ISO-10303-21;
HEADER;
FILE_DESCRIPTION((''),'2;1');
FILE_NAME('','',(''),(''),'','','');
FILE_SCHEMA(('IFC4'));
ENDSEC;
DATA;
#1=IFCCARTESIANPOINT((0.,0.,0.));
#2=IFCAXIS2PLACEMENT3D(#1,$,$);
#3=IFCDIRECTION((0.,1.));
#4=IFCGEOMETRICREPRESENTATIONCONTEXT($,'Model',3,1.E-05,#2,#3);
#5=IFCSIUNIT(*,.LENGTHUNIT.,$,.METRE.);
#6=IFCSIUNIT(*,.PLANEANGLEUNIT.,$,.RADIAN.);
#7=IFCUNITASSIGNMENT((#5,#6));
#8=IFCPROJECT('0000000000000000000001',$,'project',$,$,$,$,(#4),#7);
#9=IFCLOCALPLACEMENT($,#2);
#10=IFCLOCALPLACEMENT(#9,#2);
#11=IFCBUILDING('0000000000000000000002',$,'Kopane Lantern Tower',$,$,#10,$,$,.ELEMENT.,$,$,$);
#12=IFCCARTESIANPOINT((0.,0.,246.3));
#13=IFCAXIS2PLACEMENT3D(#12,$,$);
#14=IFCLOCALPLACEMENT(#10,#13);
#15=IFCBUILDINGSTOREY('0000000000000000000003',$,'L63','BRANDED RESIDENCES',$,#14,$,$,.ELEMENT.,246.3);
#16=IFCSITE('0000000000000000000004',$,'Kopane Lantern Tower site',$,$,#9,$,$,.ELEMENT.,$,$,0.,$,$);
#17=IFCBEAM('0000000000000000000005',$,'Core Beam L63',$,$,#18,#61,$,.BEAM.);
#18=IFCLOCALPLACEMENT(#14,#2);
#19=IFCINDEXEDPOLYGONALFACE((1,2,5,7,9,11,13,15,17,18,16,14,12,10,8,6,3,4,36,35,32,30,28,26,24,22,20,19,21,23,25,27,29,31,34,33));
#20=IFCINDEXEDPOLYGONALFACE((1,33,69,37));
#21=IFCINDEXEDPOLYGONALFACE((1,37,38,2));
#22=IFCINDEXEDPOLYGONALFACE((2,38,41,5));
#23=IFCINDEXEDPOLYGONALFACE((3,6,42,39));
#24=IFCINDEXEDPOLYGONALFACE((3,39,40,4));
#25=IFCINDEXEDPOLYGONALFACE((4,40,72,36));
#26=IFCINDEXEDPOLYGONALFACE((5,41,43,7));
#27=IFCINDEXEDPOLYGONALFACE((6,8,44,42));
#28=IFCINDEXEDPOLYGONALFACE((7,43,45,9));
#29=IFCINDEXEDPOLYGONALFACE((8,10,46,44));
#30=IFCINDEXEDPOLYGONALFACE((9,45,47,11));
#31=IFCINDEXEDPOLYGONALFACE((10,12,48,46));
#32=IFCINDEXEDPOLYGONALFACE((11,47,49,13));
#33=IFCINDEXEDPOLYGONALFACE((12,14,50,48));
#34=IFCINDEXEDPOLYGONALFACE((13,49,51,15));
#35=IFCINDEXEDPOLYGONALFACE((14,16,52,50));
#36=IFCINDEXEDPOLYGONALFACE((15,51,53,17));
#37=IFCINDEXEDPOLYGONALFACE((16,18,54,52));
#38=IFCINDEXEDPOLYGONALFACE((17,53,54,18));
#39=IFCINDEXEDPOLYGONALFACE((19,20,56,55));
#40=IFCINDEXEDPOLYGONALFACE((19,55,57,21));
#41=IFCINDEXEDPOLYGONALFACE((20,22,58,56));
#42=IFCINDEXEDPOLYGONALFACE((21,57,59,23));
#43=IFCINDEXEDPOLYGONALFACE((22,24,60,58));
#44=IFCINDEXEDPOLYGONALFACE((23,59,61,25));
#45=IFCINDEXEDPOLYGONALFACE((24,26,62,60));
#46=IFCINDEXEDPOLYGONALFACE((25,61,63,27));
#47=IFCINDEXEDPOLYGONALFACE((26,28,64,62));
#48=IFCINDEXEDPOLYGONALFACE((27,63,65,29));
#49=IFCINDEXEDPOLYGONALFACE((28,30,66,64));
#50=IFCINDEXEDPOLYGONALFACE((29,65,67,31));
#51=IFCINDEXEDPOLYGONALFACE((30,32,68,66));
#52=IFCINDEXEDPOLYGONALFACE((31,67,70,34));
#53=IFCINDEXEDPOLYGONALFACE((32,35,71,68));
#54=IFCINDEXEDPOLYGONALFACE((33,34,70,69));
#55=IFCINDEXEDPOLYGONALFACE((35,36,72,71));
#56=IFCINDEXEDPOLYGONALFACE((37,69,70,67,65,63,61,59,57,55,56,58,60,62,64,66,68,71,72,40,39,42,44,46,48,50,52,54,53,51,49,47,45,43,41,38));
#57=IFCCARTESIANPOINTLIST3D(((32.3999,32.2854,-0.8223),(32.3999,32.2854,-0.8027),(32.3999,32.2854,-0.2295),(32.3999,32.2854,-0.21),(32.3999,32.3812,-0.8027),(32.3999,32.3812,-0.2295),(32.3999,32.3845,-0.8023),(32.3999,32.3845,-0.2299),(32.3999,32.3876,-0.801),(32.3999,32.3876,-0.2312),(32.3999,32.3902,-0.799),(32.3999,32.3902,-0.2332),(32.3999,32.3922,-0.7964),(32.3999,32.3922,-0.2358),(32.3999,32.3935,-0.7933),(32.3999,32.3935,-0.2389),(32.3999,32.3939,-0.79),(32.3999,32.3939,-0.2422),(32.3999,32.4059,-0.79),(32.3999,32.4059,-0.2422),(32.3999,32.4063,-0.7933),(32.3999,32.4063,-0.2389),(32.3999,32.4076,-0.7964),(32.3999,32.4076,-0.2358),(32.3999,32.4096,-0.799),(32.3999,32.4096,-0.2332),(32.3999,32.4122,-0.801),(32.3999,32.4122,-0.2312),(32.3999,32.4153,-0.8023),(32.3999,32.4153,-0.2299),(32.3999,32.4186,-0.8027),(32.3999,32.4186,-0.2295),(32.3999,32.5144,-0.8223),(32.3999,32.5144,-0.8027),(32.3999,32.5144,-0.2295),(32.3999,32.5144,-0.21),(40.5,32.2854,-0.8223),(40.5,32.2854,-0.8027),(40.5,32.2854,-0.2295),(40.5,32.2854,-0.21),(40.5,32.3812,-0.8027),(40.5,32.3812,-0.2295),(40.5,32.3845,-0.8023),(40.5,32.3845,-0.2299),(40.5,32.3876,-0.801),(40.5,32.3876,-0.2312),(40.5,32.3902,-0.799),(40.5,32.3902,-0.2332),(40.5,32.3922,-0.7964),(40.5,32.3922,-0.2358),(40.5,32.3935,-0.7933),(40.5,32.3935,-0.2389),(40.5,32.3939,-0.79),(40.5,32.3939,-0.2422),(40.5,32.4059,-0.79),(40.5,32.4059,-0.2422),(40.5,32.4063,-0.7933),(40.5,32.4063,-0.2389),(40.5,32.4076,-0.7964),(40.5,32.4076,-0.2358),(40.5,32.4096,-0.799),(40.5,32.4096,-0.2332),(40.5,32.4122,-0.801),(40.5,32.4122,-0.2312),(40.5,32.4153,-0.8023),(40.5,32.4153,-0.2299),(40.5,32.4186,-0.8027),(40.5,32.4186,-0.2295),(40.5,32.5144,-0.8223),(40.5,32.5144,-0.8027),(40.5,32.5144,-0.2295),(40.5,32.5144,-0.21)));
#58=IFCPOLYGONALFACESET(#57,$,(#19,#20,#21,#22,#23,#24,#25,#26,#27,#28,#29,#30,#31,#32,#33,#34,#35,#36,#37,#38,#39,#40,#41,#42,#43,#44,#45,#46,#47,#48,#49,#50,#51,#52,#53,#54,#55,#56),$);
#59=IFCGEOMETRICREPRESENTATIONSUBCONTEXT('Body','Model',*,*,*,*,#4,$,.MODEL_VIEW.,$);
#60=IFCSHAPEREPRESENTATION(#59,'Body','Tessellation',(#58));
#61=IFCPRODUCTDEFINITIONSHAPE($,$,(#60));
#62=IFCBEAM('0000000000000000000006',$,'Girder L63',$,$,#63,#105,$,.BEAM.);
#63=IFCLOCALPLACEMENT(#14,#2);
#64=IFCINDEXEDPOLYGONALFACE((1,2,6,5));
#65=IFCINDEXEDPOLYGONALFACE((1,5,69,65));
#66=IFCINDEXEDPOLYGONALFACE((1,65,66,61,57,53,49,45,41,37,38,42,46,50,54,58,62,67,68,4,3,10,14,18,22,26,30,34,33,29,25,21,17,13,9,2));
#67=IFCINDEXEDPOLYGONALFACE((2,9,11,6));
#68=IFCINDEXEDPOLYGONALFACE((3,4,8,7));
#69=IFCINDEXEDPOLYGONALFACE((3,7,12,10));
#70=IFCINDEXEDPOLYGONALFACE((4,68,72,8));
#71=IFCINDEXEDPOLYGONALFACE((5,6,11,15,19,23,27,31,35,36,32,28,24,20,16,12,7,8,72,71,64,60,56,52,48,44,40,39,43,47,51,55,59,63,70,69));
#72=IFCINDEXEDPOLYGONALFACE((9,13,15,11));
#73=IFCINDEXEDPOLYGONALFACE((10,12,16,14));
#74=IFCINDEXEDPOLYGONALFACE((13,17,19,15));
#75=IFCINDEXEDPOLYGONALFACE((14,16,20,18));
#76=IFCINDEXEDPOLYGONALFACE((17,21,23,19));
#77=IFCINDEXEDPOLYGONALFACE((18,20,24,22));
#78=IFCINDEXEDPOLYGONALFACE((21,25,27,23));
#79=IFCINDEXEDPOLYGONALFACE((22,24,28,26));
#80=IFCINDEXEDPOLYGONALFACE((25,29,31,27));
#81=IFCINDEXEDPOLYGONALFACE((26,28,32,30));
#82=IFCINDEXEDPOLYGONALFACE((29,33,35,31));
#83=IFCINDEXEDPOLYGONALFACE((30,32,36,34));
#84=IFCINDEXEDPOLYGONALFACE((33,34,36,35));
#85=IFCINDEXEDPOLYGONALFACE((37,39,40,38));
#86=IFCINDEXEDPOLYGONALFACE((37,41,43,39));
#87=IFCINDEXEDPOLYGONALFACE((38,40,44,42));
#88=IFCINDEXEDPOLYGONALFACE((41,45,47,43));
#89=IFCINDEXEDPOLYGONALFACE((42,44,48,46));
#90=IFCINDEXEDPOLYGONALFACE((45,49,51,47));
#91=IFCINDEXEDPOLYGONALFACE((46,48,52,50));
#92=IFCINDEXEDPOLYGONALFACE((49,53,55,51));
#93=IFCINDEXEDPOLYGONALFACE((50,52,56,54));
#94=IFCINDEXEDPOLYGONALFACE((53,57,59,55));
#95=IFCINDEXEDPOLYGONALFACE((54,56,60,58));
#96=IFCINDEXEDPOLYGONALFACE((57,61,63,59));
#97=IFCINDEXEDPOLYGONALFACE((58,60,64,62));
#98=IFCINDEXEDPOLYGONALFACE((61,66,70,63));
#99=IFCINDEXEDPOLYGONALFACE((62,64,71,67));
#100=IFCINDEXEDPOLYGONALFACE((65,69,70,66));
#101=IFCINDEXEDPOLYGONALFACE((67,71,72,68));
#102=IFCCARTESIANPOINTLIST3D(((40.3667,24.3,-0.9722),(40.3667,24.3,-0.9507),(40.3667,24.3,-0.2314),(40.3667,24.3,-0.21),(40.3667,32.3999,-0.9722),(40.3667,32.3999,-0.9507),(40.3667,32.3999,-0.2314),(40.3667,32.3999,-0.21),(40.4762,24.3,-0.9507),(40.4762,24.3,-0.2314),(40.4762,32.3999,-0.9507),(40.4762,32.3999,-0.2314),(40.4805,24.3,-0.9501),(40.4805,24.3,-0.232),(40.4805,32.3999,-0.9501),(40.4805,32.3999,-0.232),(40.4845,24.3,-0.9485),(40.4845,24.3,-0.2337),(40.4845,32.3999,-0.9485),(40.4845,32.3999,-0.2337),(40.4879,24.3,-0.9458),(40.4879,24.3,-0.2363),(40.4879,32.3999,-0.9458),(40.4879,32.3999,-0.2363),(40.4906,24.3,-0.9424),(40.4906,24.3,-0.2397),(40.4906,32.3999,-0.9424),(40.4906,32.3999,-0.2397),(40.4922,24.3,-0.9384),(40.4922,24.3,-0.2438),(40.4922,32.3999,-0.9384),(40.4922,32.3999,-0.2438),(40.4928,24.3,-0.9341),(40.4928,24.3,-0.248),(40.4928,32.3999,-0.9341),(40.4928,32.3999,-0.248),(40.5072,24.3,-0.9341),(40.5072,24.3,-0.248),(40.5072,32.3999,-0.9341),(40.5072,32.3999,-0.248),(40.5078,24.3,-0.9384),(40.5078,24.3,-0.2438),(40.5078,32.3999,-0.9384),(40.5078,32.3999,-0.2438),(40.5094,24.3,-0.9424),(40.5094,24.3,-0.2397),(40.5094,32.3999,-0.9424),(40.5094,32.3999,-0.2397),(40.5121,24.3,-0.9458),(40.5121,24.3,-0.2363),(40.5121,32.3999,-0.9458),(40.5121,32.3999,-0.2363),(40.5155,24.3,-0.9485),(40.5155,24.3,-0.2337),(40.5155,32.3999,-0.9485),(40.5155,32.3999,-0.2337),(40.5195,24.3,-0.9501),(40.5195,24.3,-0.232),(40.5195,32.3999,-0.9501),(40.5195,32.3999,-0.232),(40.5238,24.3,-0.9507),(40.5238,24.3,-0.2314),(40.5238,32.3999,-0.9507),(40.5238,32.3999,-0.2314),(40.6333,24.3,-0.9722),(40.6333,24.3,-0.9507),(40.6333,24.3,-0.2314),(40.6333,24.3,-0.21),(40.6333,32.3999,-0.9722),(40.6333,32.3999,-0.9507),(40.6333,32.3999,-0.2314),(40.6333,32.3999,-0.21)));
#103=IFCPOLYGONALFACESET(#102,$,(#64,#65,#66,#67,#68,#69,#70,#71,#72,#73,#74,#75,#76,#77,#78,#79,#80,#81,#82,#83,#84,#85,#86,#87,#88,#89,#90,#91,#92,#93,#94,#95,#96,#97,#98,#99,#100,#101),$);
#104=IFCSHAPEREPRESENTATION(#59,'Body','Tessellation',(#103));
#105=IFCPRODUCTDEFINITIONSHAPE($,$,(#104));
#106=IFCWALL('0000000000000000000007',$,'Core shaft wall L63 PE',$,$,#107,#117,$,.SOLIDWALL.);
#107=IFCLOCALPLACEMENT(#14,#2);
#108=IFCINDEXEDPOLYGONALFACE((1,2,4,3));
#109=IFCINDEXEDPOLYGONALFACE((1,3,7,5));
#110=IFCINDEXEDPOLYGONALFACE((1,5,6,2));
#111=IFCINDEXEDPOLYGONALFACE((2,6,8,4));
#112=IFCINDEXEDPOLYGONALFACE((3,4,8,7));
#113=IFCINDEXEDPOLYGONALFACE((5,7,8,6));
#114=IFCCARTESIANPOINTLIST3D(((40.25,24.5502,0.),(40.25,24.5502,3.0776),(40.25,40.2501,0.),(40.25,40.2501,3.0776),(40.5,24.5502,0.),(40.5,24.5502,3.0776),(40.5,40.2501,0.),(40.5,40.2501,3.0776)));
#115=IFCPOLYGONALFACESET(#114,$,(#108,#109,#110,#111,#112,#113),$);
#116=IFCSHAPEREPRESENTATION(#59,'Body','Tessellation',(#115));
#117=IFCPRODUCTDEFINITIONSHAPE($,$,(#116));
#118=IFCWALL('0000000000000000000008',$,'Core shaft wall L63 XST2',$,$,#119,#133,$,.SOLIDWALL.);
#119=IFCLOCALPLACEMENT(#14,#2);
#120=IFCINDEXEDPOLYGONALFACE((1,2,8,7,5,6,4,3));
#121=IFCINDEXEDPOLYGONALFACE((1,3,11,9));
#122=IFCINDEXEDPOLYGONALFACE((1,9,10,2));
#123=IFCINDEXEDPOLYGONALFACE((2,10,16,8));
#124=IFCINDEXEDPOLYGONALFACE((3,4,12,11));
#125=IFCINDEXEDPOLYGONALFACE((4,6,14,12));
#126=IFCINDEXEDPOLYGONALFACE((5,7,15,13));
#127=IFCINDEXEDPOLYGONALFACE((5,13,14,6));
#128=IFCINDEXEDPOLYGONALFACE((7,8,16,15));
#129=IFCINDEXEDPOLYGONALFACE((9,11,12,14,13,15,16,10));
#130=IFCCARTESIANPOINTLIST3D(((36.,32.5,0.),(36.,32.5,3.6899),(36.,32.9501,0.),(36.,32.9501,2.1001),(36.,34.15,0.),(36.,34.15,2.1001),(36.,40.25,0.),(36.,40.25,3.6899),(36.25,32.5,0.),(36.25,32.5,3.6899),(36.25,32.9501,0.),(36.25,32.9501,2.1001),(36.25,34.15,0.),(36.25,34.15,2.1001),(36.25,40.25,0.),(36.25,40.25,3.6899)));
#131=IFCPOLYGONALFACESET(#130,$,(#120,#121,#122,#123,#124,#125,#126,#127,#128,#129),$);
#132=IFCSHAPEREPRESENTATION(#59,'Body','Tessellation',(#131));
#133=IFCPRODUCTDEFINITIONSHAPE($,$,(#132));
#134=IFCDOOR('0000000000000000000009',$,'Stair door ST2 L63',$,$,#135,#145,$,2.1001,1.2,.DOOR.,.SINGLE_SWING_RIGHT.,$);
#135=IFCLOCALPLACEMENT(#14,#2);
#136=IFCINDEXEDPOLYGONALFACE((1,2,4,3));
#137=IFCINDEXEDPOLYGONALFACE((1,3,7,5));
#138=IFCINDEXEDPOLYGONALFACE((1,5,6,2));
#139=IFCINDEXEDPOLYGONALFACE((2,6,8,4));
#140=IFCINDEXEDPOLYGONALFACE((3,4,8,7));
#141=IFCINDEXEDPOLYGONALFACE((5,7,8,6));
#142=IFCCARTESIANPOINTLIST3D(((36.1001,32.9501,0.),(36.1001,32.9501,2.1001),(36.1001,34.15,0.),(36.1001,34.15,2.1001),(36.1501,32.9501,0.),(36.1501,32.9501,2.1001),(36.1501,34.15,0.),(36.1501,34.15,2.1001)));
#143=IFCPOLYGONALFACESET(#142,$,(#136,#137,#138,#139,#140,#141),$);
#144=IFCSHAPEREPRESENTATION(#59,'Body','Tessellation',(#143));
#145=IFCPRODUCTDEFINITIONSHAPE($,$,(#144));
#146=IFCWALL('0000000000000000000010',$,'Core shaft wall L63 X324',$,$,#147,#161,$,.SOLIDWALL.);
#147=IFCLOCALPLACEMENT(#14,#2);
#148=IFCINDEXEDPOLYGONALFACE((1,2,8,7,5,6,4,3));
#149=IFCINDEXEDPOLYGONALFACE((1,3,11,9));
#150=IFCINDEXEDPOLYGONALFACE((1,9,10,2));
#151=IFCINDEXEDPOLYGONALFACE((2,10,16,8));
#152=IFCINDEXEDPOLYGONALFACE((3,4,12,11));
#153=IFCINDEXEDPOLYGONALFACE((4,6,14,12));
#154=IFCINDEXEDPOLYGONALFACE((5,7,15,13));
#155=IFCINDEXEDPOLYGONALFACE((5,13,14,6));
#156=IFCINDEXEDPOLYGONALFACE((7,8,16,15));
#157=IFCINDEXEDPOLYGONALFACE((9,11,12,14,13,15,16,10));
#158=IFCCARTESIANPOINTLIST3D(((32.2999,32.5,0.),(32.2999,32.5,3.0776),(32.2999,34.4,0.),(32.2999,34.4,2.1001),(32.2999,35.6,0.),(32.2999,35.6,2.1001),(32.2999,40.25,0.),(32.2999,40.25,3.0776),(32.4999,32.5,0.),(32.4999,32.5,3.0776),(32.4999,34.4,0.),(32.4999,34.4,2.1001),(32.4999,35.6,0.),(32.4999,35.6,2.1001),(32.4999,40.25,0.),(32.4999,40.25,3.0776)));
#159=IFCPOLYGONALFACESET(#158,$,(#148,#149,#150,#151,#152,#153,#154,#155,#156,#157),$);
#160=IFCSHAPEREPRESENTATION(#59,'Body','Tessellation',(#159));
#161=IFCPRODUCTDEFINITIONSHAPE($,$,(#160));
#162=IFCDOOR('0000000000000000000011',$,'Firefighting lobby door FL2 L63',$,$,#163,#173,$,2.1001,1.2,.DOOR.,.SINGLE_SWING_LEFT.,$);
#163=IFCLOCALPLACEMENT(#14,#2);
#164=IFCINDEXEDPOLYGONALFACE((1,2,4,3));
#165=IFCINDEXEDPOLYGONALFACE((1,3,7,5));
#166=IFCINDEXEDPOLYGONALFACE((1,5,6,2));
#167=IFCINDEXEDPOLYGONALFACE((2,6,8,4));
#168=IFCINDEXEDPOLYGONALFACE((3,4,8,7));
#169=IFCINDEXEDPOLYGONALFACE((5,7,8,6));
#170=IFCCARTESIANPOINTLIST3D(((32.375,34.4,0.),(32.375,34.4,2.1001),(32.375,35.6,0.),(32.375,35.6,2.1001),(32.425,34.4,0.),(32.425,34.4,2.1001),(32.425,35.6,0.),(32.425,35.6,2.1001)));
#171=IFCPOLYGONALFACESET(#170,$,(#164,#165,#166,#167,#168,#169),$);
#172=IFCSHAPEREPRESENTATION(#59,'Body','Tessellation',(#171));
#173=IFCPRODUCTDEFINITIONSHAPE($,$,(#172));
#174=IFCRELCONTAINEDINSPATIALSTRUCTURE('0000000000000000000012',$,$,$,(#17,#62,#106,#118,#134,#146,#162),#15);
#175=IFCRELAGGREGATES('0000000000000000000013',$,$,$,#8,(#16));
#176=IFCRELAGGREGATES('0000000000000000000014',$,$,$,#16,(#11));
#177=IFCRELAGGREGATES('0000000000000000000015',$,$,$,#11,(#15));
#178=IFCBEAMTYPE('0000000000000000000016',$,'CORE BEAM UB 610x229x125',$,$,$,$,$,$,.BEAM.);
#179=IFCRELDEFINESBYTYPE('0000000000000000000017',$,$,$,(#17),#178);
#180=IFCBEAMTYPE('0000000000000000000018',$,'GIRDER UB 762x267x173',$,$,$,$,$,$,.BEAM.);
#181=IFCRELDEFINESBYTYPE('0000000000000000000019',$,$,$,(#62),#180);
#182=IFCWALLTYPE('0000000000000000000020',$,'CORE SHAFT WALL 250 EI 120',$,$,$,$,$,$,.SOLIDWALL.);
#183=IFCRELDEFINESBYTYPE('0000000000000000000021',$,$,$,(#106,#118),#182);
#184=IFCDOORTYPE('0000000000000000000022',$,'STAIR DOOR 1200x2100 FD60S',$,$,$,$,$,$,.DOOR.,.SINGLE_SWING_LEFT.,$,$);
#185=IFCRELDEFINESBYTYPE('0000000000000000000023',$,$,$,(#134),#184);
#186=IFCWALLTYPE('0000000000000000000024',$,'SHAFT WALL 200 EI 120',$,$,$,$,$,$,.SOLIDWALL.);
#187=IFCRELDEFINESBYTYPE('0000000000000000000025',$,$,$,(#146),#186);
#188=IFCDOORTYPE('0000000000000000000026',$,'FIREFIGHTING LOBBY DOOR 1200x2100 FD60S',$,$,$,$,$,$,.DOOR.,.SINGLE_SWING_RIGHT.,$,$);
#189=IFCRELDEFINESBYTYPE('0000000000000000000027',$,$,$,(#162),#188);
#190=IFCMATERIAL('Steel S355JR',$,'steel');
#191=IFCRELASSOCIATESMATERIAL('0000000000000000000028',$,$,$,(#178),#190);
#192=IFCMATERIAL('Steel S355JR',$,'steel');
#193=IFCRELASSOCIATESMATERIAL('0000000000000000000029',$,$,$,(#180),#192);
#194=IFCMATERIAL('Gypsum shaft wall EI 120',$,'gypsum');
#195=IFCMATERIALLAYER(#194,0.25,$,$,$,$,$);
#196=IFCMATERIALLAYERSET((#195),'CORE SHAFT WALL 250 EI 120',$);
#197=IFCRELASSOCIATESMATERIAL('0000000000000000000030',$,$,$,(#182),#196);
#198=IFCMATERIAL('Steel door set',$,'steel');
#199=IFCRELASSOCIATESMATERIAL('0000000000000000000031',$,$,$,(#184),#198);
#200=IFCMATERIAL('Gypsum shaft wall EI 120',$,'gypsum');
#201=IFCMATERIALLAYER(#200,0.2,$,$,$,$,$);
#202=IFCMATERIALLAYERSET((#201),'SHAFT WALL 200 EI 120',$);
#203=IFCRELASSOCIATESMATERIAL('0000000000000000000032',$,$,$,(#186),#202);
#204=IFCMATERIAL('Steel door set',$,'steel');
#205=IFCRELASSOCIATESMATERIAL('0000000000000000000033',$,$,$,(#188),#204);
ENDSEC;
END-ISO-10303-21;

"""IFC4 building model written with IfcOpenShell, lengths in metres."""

from ifc_helpers import new_model, si_unit, direction, frame, frame_2d, origin, origin_2d, place, context, subcontext, project, spatial, rectangle, i_section, extrude, material, layer, layer_set, material_profile, profile_set, type_object, element, fill, save


model = new_model("IFC4")

# Units and contexts
model_context = context("Model", 3, precision=1e-05, world=origin(), true_north=direction((0.0, 1.0)))
body_context = subcontext(model_context, "Body", "Model", "MODEL_VIEW")
ifc_project = project(units=[si_unit("LENGTHUNIT", "METRE"), si_unit("PLANEANGLEUNIT", "RADIAN")], contexts=[model_context])

# Site, building, storey
site_placement = place(None, origin())
site = spatial("IfcSite", under=ifc_project, at=site_placement, Name="Kopane Lantern Tower site", CompositionType="ELEMENT", RefElevation=0.0)
building_placement = place(site_placement, origin())
building = spatial("IfcBuilding", under=site, at=building_placement, Name="Kopane Lantern Tower", CompositionType="ELEMENT")
storey_placement = place(building_placement, frame((0.0, 0.0, 246.3)))
storey = spatial("IfcBuildingStorey", under=building, at=storey_placement, Name="L63", Description="BRANDED RESIDENCES", CompositionType="ELEMENT", Elevation=246.3)

# Beams
ifc_material_1 = material(Name="Steel S355JR", Category="steel")
ifc_material_profile_1 = material_profile(ifc_material_1, i_section(OverallWidth=0.229, OverallDepth=0.6123, WebThickness=0.012, FlangeThickness=0.0195, FilletRadius=0.0127, at=origin_2d()), Name="UB 610x229x125")
ifc_profile_set_1 = profile_set([ifc_material_profile_1], Name="Steel S355JR")
beam_type_1 = type_object("IfcBeamType", Name="CORE BEAM UB 610x229x125", PredefinedType="BEAM", material=ifc_profile_set_1)
beam_1_placement = place(storey_placement, frame((32.3999, 32.3999, -0.5161), z_axis=(1.0, 0.0, 0.0), x_axis=(0.0, 1.0, 0.0)))
element("IfcBeam", 1, at=beam_1_placement, inside=storey, type_object=beam_type_1, Name="Core Beam L63", PredefinedType="BEAM", context=body_context, shape_type="SweptSolid", body=[
    extrude(i_section(OverallWidth=0.229, OverallDepth=0.6123, WebThickness=0.012, FlangeThickness=0.0195, FilletRadius=0.0127, at=origin_2d()), origin(), (0.0, 0.0, 1.0), 8.1001),
])
ifc_material_2 = material(Name="Steel S355JR", Category="steel")
ifc_material_profile_2 = material_profile(ifc_material_2, i_section(OverallWidth=0.2666, OverallDepth=0.7622, WebThickness=0.0144, FlangeThickness=0.0215, FilletRadius=0.0166, at=origin_2d()), Name="UB 762x267x173")
ifc_profile_set_2 = profile_set([ifc_material_profile_2], Name="Steel S355JR")
beam_type_2 = type_object("IfcBeamType", Name="GIRDER UB 762x267x173", PredefinedType="BEAM", material=ifc_profile_set_2)
beam_2_placement = place(storey_placement, frame((40.5, 24.3, -0.5911), z_axis=(0.0, 1.0, 0.0), x_axis=(-1.0, 0.0, 0.0)))
element("IfcBeam", 2, at=beam_2_placement, inside=storey, type_object=beam_type_2, Name="Girder L63", PredefinedType="BEAM", context=body_context, shape_type="SweptSolid", body=[
    extrude(i_section(OverallWidth=0.2666, OverallDepth=0.7622, WebThickness=0.0144, FlangeThickness=0.0215, FilletRadius=0.0166, at=origin_2d()), origin(), (0.0, 0.0, 1.0), 8.0999),
])

# Wall
ifc_material_3 = material(Name="Gypsum shaft wall EI 120", Category="gypsum")
ifc_layer_1 = layer(ifc_material_3, 0.25)
ifc_layer_set_1 = layer_set([ifc_layer_1], Name="CORE SHAFT WALL 250 EI 120")
wall_type_1 = type_object("IfcWallType", Name="CORE SHAFT WALL 250 EI 120", PredefinedType="SOLIDWALL", material=ifc_layer_set_1)
wall_1_placement = place(storey_placement, frame((40.375, 24.55, 0.0), z_axis=(0.0, 0.0, 1.0), x_axis=(0.0, 1.0, 0.0)))
element("IfcWall", 3, at=wall_1_placement, inside=storey, type_object=wall_type_1, Name="Core shaft wall L63 PE", PredefinedType="SOLIDWALL", context=body_context, shape_type="SweptSolid", body=[
    extrude(rectangle(XDim=15.7, YDim=0.25, at=frame_2d((7.8501, 0.0))), origin(), (0.0, 0.0, 1.0), 3.0776),
])

# Walls, openings, doors
wall_2_placement = place(storey_placement, frame((36.125, 32.5, 0.0), z_axis=(0.0, 0.0, 1.0), x_axis=(0.0, 1.0, 0.0)))
wall_2 = element("IfcWall", 4, at=wall_2_placement, inside=storey, type_object=wall_type_1, Name="Core shaft wall L63 XST2", PredefinedType="SOLIDWALL", context=body_context, shape_type="SweptSolid", body=[
    extrude(rectangle(XDim=7.75, YDim=0.25, at=frame_2d((3.875, 0.0))), origin(), (0.0, 0.0, 1.0), 3.6899),
])
opening_1_placement = place(wall_2_placement, frame((0.45, 0.0, 0.0)))
opening_1 = element("IfcOpeningElement", 5, at=opening_1_placement, cuts=wall_2, PredefinedType="OPENING", context=body_context, shape_type="SweptSolid", body=[
    extrude(rectangle(XDim=1.2, YDim=2.1001, at=frame_2d((0.6001, 1.05))), frame((0.0, 0.135, 0.0), z_axis=(0.0, -1.0, 0.0), x_axis=(1.0, 0.0, 0.0)), (0.0, 0.0, 1.0), 0.27),
])
ifc_material_4 = material(Name="Steel door set", Category="steel")
door_type_1 = type_object("IfcDoorType", Name="STAIR DOOR 1200x2100 FD60S", OperationType="SINGLE_SWING_LEFT", PredefinedType="DOOR", material=ifc_material_4)
door_1_placement = place(opening_1_placement, origin())
door_1 = element("IfcDoor", 6, at=door_1_placement, inside=storey, type_object=door_type_1, Name="Stair door ST2 L63", OperationType="SINGLE_SWING_RIGHT", OverallHeight=2.1001, OverallWidth=1.2, PredefinedType="DOOR", context=body_context, shape_type="SweptSolid", body=[
    extrude(rectangle(XDim=1.2, YDim=2.1001, at=frame_2d((0.6001, 1.05))), frame((0.0, 0.0249, 0.0), z_axis=(0.0, -1.0, 0.0), x_axis=(1.0, 0.0, 0.0)), (0.0, 0.0, 1.0), 0.05),
])
fill(opening_1, door_1)
ifc_material_5 = material(Name="Gypsum shaft wall EI 120", Category="gypsum")
ifc_layer_2 = layer(ifc_material_5, 0.2)
ifc_layer_set_2 = layer_set([ifc_layer_2], Name="SHAFT WALL 200 EI 120")
wall_type_2 = type_object("IfcWallType", Name="SHAFT WALL 200 EI 120", PredefinedType="SOLIDWALL", material=ifc_layer_set_2)
wall_3_placement = place(storey_placement, frame((32.3999, 32.5, 0.0), z_axis=(0.0, 0.0, 1.0), x_axis=(0.0, 1.0, 0.0)))
wall_3 = element("IfcWall", 7, at=wall_3_placement, inside=storey, type_object=wall_type_2, Name="Core shaft wall L63 X324", PredefinedType="SOLIDWALL", context=body_context, shape_type="SweptSolid", body=[
    extrude(rectangle(XDim=7.75, YDim=0.2, at=frame_2d((3.875, 0.0))), origin(), (0.0, 0.0, 1.0), 3.0776),
])
opening_2_placement = place(wall_3_placement, frame((1.8999, 0.0, 0.0)))
opening_2 = element("IfcOpeningElement", 8, at=opening_2_placement, cuts=wall_3, PredefinedType="OPENING", context=body_context, shape_type="SweptSolid", body=[
    extrude(rectangle(XDim=1.2, YDim=2.1001, at=frame_2d((0.6001, 1.05))), frame((0.0, 0.1099, 0.0), z_axis=(0.0, -1.0, 0.0), x_axis=(1.0, 0.0, 0.0)), (0.0, 0.0, 1.0), 0.22),
])
ifc_material_6 = material(Name="Steel door set", Category="steel")
door_type_2 = type_object("IfcDoorType", Name="FIREFIGHTING LOBBY DOOR 1200x2100 FD60S", OperationType="SINGLE_SWING_RIGHT", PredefinedType="DOOR", material=ifc_material_6)
door_2_placement = place(opening_2_placement, origin())
door_2 = element("IfcDoor", 9, at=door_2_placement, inside=storey, type_object=door_type_2, Name="Firefighting lobby door FL2 L63", OperationType="SINGLE_SWING_LEFT", OverallHeight=2.1001, OverallWidth=1.2, PredefinedType="DOOR", context=body_context, shape_type="SweptSolid", body=[
    extrude(rectangle(XDim=1.2, YDim=2.1001, at=frame_2d((0.6001, 1.05))), frame((0.0, 0.0249, 0.0), z_axis=(0.0, -1.0, 0.0), x_axis=(1.0, 0.0, 0.0)), (0.0, 0.0, 1.0), 0.05),
])
fill(opening_2, door_2)

save(model, "model.ifc")
